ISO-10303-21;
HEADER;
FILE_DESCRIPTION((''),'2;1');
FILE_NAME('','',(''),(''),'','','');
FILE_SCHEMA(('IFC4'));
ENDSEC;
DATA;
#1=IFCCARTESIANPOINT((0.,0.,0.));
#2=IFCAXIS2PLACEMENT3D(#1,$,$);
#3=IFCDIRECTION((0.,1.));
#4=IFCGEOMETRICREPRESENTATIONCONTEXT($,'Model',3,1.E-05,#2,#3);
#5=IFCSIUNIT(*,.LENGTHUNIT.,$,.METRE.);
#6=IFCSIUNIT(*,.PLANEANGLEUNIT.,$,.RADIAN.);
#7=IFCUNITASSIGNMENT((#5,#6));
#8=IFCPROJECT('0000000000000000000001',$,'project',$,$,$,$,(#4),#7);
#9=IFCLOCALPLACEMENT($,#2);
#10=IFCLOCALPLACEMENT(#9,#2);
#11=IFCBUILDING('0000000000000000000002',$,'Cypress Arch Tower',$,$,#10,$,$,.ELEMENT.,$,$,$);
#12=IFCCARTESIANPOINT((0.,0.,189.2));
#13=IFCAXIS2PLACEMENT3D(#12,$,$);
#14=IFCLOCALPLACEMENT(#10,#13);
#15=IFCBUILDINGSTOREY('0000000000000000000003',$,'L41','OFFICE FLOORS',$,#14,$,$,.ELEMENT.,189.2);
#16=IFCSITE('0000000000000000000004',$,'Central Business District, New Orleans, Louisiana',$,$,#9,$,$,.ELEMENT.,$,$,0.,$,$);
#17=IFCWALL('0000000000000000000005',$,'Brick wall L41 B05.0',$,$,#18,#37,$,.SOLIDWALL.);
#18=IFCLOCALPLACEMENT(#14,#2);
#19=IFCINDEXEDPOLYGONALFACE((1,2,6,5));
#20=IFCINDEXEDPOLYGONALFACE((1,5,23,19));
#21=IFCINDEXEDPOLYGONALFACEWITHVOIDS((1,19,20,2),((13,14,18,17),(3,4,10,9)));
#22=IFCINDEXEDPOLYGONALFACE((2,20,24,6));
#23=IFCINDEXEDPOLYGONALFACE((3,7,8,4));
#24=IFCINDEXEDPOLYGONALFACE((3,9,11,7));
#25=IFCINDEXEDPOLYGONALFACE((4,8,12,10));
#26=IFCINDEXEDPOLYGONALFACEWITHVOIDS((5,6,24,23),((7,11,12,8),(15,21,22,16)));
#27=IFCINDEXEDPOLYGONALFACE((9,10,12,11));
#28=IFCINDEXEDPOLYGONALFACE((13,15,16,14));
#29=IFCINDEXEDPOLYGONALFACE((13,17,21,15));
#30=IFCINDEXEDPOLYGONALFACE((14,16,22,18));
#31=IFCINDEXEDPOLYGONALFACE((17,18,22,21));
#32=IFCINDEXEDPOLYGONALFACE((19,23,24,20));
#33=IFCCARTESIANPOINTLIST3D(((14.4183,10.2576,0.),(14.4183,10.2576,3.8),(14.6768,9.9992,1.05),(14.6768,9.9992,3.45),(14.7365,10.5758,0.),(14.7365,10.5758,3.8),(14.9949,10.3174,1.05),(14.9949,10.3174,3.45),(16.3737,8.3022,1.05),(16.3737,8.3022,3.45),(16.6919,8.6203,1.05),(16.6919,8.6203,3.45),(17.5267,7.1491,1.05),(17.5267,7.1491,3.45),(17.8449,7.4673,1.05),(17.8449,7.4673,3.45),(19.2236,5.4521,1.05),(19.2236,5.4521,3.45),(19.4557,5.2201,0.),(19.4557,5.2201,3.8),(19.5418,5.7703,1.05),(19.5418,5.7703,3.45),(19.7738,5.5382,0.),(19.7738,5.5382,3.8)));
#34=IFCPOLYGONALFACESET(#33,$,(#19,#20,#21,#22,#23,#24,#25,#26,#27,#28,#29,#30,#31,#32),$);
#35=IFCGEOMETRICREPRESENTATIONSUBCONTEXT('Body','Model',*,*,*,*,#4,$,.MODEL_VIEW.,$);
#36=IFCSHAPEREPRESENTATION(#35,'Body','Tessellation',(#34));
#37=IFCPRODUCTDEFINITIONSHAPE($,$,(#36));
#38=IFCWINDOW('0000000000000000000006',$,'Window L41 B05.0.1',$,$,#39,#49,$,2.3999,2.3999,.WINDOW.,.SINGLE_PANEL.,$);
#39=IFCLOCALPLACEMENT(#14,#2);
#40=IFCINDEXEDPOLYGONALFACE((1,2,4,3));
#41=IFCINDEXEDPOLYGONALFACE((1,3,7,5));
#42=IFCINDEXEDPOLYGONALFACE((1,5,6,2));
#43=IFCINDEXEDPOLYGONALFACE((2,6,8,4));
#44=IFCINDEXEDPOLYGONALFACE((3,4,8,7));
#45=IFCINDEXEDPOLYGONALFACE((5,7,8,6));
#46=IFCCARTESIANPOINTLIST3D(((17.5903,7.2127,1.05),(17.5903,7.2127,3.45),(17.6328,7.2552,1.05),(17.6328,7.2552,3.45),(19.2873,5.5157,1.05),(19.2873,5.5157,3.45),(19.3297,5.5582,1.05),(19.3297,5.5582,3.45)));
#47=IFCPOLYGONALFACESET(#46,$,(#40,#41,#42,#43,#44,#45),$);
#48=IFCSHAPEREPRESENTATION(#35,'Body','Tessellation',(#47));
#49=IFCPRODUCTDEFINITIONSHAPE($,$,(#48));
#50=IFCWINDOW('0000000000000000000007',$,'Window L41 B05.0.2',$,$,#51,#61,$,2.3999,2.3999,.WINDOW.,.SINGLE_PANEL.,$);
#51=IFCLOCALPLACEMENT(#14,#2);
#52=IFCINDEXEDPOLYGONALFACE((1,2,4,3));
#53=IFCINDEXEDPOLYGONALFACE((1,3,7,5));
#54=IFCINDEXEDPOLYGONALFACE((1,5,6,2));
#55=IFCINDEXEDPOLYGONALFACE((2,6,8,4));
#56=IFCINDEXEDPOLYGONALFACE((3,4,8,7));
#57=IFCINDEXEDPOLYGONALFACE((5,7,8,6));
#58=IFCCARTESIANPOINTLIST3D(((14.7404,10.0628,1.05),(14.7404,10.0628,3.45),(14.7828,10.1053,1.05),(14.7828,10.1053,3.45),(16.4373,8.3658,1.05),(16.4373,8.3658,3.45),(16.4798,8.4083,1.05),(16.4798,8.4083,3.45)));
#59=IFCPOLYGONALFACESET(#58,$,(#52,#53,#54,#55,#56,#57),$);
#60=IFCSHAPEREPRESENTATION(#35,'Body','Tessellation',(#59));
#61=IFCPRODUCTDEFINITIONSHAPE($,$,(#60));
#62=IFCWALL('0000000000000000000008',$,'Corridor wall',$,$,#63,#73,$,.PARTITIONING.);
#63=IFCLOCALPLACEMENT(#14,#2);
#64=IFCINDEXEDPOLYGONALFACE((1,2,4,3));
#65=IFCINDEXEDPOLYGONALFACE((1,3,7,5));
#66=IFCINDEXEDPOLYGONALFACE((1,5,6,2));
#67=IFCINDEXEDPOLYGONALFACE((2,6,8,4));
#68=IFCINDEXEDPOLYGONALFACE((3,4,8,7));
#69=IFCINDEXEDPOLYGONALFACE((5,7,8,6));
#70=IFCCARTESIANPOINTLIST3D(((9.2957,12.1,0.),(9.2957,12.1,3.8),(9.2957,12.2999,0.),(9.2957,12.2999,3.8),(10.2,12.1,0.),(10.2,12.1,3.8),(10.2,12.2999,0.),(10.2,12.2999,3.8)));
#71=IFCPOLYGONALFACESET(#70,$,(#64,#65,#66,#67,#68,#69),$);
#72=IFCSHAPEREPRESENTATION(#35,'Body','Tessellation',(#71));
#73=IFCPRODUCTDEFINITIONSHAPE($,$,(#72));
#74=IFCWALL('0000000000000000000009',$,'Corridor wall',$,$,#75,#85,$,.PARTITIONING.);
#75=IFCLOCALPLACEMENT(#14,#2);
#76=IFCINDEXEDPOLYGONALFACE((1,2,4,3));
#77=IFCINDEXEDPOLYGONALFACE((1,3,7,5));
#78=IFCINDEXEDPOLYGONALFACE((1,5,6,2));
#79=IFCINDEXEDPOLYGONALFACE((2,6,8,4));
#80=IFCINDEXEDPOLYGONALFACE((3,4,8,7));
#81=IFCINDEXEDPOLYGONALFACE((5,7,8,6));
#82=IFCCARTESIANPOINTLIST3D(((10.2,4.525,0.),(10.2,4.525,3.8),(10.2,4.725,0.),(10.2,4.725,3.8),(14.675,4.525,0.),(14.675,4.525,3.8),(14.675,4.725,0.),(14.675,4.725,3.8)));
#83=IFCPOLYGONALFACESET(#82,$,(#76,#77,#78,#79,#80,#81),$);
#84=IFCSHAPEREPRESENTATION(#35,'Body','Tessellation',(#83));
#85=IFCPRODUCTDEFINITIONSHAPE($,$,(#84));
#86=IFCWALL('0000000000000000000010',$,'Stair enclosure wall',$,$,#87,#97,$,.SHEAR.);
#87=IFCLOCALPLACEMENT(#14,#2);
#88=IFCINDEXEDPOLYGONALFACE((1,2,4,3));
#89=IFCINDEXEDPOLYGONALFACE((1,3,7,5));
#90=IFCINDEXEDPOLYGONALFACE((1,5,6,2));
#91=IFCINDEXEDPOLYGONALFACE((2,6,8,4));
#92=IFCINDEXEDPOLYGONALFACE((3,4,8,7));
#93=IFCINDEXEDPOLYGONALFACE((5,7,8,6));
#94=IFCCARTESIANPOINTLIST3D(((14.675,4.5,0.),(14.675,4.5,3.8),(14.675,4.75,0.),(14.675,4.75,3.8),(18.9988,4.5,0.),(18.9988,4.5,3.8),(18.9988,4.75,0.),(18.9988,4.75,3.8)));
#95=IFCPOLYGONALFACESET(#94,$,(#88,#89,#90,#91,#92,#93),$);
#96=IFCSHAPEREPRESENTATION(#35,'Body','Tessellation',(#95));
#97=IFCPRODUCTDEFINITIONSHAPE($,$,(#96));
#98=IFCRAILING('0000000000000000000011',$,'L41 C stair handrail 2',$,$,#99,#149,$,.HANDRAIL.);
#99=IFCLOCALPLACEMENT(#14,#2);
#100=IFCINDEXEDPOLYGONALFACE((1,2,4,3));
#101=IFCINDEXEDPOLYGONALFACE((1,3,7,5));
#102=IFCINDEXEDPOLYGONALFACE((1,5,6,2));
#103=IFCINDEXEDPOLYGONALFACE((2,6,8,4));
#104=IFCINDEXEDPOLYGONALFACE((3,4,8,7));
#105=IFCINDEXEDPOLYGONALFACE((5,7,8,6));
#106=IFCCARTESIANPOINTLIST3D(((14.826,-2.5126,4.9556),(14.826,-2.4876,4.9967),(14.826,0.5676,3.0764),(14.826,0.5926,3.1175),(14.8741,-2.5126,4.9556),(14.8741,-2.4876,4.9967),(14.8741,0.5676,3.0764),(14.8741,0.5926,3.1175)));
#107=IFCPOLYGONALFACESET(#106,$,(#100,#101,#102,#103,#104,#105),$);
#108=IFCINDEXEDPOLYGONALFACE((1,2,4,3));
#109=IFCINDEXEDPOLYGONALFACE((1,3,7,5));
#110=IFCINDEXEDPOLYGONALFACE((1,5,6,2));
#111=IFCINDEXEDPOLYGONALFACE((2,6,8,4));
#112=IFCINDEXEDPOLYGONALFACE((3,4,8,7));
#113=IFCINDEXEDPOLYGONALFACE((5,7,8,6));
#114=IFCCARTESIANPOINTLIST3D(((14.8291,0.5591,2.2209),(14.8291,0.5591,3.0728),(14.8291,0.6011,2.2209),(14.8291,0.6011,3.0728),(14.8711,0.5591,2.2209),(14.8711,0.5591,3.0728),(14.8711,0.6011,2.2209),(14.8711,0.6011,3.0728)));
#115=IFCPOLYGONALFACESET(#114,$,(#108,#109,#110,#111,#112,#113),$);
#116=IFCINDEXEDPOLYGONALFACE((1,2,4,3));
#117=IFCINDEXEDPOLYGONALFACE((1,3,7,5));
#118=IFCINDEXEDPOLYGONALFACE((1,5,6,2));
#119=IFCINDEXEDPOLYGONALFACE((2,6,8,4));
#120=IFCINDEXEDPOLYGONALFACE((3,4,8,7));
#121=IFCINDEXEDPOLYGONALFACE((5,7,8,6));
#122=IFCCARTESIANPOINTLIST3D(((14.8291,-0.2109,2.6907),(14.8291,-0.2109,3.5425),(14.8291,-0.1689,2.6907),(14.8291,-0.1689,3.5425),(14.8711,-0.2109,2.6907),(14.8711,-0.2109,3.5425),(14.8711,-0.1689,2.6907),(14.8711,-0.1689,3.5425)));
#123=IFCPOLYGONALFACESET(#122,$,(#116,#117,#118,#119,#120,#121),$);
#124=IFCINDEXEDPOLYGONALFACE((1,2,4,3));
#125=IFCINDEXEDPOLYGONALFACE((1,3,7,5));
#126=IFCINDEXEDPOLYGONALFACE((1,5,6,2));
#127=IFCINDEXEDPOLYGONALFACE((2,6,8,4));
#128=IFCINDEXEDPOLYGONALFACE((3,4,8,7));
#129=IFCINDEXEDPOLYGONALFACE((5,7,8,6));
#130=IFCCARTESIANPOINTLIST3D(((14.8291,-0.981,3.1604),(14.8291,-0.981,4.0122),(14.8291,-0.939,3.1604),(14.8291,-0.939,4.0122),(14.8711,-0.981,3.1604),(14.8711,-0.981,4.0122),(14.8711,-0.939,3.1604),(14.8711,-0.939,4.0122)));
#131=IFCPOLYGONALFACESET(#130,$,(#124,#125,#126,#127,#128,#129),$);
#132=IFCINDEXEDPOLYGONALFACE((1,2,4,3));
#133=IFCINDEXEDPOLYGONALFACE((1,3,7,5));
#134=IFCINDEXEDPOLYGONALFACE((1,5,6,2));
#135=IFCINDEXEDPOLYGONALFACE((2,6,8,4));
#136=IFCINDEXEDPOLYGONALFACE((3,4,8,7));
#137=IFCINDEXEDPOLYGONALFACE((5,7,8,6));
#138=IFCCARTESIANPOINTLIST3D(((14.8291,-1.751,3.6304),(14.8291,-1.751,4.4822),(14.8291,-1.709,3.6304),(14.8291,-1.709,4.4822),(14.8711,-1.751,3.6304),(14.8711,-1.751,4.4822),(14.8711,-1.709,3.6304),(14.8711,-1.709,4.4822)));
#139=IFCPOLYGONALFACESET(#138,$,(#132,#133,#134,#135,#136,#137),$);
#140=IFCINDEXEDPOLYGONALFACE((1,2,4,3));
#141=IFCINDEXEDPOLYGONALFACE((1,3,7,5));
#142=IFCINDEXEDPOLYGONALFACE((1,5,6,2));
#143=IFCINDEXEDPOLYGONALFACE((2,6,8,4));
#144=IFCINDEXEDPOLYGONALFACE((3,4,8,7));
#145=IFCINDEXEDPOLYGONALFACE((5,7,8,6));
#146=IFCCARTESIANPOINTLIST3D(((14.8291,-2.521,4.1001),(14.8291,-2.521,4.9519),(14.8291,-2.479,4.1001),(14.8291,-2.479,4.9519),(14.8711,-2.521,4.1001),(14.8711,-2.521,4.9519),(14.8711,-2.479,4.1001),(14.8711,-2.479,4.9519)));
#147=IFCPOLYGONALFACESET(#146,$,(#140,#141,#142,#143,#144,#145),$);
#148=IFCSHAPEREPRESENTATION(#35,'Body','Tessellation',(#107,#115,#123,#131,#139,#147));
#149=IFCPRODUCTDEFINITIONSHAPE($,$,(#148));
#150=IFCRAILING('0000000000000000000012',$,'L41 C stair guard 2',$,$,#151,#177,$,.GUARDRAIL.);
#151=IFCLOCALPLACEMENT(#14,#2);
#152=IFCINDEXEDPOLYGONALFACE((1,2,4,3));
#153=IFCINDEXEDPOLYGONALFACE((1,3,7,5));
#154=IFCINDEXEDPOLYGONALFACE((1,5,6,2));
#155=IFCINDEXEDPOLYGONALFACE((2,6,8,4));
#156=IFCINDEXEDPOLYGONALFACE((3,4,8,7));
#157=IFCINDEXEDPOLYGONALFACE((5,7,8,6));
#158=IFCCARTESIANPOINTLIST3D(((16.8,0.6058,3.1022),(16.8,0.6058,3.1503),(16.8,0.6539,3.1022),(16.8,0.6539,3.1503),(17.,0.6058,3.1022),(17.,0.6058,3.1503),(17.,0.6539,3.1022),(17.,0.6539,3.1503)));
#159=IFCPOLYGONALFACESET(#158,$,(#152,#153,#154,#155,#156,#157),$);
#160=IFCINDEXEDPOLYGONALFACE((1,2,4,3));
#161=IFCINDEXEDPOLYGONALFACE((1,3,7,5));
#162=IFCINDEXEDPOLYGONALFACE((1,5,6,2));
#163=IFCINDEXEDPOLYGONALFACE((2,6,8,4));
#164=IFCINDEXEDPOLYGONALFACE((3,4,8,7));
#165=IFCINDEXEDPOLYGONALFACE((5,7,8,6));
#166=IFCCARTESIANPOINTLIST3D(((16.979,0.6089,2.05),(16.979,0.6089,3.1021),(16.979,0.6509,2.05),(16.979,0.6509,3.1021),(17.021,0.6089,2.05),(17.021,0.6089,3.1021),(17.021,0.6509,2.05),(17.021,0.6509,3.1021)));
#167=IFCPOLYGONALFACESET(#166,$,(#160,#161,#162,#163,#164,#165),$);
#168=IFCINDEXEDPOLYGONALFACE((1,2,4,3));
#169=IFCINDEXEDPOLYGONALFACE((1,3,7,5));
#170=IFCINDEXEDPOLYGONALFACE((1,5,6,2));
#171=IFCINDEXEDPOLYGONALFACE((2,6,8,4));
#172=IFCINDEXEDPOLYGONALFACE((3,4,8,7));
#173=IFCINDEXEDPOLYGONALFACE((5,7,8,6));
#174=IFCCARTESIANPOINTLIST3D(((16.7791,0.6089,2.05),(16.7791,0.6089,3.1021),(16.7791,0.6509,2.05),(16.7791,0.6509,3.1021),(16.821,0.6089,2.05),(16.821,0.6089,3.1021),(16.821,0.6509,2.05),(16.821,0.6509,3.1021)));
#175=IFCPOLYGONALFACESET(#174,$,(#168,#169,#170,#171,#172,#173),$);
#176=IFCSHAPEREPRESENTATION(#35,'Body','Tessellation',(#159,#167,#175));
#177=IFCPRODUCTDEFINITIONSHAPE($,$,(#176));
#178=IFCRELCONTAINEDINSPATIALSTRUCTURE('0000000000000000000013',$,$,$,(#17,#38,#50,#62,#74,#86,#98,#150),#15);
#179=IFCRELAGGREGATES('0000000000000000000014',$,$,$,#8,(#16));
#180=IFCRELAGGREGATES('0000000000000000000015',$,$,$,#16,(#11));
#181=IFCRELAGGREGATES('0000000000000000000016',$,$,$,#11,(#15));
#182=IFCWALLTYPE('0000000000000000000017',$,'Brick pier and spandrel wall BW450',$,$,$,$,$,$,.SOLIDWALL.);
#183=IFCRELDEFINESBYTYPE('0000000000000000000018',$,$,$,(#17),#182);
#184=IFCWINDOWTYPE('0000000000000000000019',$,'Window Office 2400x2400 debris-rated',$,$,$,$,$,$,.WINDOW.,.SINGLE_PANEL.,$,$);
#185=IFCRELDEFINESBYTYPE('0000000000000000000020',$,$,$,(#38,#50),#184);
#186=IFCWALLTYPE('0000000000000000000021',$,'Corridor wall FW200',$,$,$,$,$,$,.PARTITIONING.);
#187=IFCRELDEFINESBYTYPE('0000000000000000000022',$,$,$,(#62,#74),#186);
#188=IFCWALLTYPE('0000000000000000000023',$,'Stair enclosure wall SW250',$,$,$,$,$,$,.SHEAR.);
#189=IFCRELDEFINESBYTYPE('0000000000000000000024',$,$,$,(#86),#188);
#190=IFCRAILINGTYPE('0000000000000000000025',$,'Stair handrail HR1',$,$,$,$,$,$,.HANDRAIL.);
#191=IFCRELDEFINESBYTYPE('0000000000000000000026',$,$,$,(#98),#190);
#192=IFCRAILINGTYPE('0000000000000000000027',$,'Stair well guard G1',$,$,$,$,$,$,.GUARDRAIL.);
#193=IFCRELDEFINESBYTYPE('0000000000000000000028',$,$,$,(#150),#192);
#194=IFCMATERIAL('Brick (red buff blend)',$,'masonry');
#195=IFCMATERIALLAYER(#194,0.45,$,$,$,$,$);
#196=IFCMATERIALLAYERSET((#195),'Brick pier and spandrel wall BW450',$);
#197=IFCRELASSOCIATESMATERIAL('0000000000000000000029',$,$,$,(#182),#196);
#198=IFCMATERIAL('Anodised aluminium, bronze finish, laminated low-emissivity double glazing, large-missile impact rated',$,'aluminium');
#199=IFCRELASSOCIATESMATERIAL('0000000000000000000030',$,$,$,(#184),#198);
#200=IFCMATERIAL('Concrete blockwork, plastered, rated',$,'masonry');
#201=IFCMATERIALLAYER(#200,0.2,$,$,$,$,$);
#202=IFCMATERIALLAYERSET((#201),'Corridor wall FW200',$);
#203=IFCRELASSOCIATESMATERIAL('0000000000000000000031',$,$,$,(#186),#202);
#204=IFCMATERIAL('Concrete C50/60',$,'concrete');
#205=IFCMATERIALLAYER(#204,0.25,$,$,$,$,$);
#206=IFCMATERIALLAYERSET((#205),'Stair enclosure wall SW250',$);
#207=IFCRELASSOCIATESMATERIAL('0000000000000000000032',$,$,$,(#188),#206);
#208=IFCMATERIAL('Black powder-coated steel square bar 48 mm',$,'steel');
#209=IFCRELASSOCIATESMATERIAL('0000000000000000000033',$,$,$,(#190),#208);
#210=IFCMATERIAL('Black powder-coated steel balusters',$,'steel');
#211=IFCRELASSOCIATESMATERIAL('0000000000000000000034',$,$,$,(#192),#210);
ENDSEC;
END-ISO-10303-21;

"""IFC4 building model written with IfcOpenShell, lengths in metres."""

from ifc_helpers import new_model, si_unit, direction, frame, frame_2d, origin, origin_2d, place, context, subcontext, project, spatial, rectangle, extrude, material, layer, layer_set, type_object, element, fill, save


model = new_model("IFC4")

# Units and contexts
model_context = context("Model", 3, precision=1e-05, world=origin(), true_north=direction((0.0, 1.0)))
body_context = subcontext(model_context, "Body", "Model", "MODEL_VIEW")
ifc_project = project(units=[si_unit("LENGTHUNIT", "METRE"), si_unit("PLANEANGLEUNIT", "RADIAN")], contexts=[model_context])

# Site, building, storey
site_placement = place(None, origin())
site = spatial("IfcSite", under=ifc_project, at=site_placement, Name="Central Business District, New Orleans, Louisiana", CompositionType="ELEMENT", RefElevation=0.0)
building_placement = place(site_placement, origin())
building = spatial("IfcBuilding", under=site, at=building_placement, Name="Cypress Arch Tower", CompositionType="ELEMENT")
storey_placement = place(building_placement, frame((0.0, 0.0, 189.2)))
storey = spatial("IfcBuildingStorey", under=building, at=storey_placement, Name="L41", Description="OFFICE FLOORS", CompositionType="ELEMENT", Elevation=189.2)

# Wall, openings, windows
ifc_material_1 = material(Name="Brick (red buff blend)", Category="masonry")
ifc_layer_1 = layer(ifc_material_1, 0.45)
ifc_layer_set_1 = layer_set([ifc_layer_1], Name="Brick pier and spandrel wall BW450")
wall_type_1 = type_object("IfcWallType", Name="Brick pier and spandrel wall BW450", PredefinedType="SOLIDWALL", material=ifc_layer_set_1)
wall_1_placement = place(storey_placement, frame((19.6147, 5.3792, 0.0), z_axis=(0.0, 0.0, 1.0), x_axis=(-0.70709, 0.707124, 0.0)))
wall_1 = element("IfcWall", 1, at=wall_1_placement, inside=storey, type_object=wall_type_1, Name="Brick wall L41 B05.0", PredefinedType="SOLIDWALL", context=body_context, shape_type="SweptSolid", body=[
    extrude(rectangle(XDim=7.124, YDim=0.45, at=frame_2d((3.562, 0.0))), origin(), (0.0, 0.0, 1.0), 3.8),
])
opening_1_placement = place(wall_1_placement, frame((0.3281, 0.0, 1.05)))
opening_1 = element("IfcOpeningElement", 2, at=opening_1_placement, cuts=wall_1, PredefinedType="OPENING", context=body_context, shape_type="SweptSolid", body=[
    extrude(rectangle(XDim=2.3999, YDim=2.3999, at=frame_2d((1.2, 1.2))), frame((0.0, 0.2349, 0.0), z_axis=(0.0, -1.0, 0.0), x_axis=(1.0, 0.0, 0.0)), (0.0, 0.0, 1.0), 0.47),
])
opening_2_placement = place(wall_1_placement, frame((4.3586, 0.0, 1.05)))
opening_2 = element("IfcOpeningElement", 3, at=opening_2_placement, cuts=wall_1, PredefinedType="OPENING", context=body_context, shape_type="SweptSolid", body=[
    extrude(rectangle(XDim=2.3999, YDim=2.3999, at=frame_2d((1.2, 1.2))), frame((0.0, 0.2349, 0.0), z_axis=(0.0, -1.0, 0.0), x_axis=(1.0, 0.0, 0.0)), (0.0, 0.0, 1.0), 0.47),
])
ifc_material_2 = material(Name="Anodised aluminium, bronze finish, laminated low-emissivity double glazing, large-missile impact rated", Category="aluminium")
window_type = type_object("IfcWindowType", Name="Window Office 2400x2400 debris-rated", PartitioningType="SINGLE_PANEL", PredefinedType="WINDOW", material=ifc_material_2)
window_1_placement = place(opening_1_placement, origin())
window_1 = element("IfcWindow", 4, at=window_1_placement, inside=storey, type_object=window_type, Name="Window L41 B05.0.1", OverallHeight=2.3999, OverallWidth=2.3999, PartitioningType="SINGLE_PANEL", PredefinedType="WINDOW", context=body_context, shape_type="SweptSolid", body=[
    extrude(rectangle(XDim=2.3999, YDim=2.3999, at=frame_2d((1.2, 1.2))), frame((0.0, 0.135, 0.0), z_axis=(0.0, -1.0, 0.0), x_axis=(1.0, 0.0, 0.0)), (0.0, 0.0, 1.0), 0.0601),
])
fill(opening_1, window_1)
window_2_placement = place(opening_2_placement, origin())
window_2 = element("IfcWindow", 5, at=window_2_placement, inside=storey, type_object=window_type, Name="Window L41 B05.0.2", OverallHeight=2.3999, OverallWidth=2.3999, PartitioningType="SINGLE_PANEL", PredefinedType="WINDOW", context=body_context, shape_type="SweptSolid", body=[
    extrude(rectangle(XDim=2.3999, YDim=2.3999, at=frame_2d((1.2, 1.2))), frame((0.0, 0.135, 0.0), z_axis=(0.0, -1.0, 0.0), x_axis=(1.0, 0.0, 0.0)), (0.0, 0.0, 1.0), 0.0601),
])
fill(opening_2, window_2)

# Walls
ifc_material_3 = material(Name="Concrete blockwork, plastered, rated", Category="masonry")
ifc_layer_2 = layer(ifc_material_3, 0.2)
ifc_layer_set_2 = layer_set([ifc_layer_2], Name="Corridor wall FW200")
wall_type_2 = type_object("IfcWallType", Name="Corridor wall FW200", PredefinedType="PARTITIONING", material=ifc_layer_set_2)
wall_2_placement = place(storey_placement, frame((9.2957, 12.2, 0.0), z_axis=(0.0, 0.0, 1.0), x_axis=(1.0, 0.0, 0.0)))
element("IfcWall", 6, at=wall_2_placement, inside=storey, type_object=wall_type_2, Name="Corridor wall", PredefinedType="PARTITIONING", context=body_context, shape_type="SweptSolid", body=[
    extrude(rectangle(XDim=0.9043, YDim=0.2, at=frame_2d((0.4521, 0.0))), origin(), (0.0, 0.0, 1.0), 3.8),
])
wall_3_placement = place(storey_placement, frame((10.2, 4.625, 0.0), z_axis=(0.0, 0.0, 1.0), x_axis=(1.0, 0.0, 0.0)))
element("IfcWall", 7, at=wall_3_placement, inside=storey, type_object=wall_type_2, Name="Corridor wall", PredefinedType="PARTITIONING", context=body_context, shape_type="SweptSolid", body=[
    extrude(rectangle(XDim=4.4751, YDim=0.2, at=frame_2d((2.2375, 0.0))), origin(), (0.0, 0.0, 1.0), 3.8),
])
ifc_material_4 = material(Name="Concrete C50/60", Category="concrete")
ifc_layer_3 = layer(ifc_material_4, 0.25)
ifc_layer_set_3 = layer_set([ifc_layer_3], Name="Stair enclosure wall SW250")
wall_type_3 = type_object("IfcWallType", Name="Stair enclosure wall SW250", PredefinedType="SHEAR", material=ifc_layer_set_3)
wall_4_placement = place(storey_placement, frame((14.675, 4.625, 0.0), z_axis=(0.0, 0.0, 1.0), x_axis=(1.0, 0.0, 0.0)))
element("IfcWall", 8, at=wall_4_placement, inside=storey, type_object=wall_type_3, Name="Stair enclosure wall", PredefinedType="SHEAR", context=body_context, shape_type="SweptSolid", body=[
    extrude(rectangle(XDim=4.3237, YDim=0.25, at=frame_2d((2.1619, 0.0))), origin(), (0.0, 0.0, 1.0), 3.8),
])

# Railings
ifc_material_5 = material(Name="Black powder-coated steel square bar 48 mm", Category="steel")
railing_type_1 = type_object("IfcRailingType", Name="Stair handrail HR1", PredefinedType="HANDRAIL", material=ifc_material_5)
railing_1_placement = place(storey_placement, frame((14.8501, 0.5801, 2.2209)))
element("IfcRailing", 9, at=railing_1_placement, inside=storey, type_object=railing_type_1, Name="L41 C stair handrail 2", PredefinedType="HANDRAIL", context=body_context, shape_type="SweptSolid", body=[
    extrude(rectangle(XDim=0.0481, YDim=0.0481, at=origin_2d()), frame((0.0, 0.0, 0.876), z_axis=(0.0, -0.853666, 0.52082), x_axis=(1.0, 0.0, 0.0)), (0.0, 0.0, 1.0), 3.6082),
    extrude(rectangle(XDim=0.042, YDim=0.042, at=origin_2d()), origin(), (0.0, 0.0, 1.0), 0.8518),
    extrude(rectangle(XDim=0.042, YDim=0.042, at=origin_2d()), frame((0.0, -0.77, 0.4697)), (0.0, 0.0, 1.0), 0.8518),
    extrude(rectangle(XDim=0.042, YDim=0.042, at=origin_2d()), frame((0.0, -1.54, 0.9395)), (0.0, 0.0, 1.0), 0.8518),
    extrude(rectangle(XDim=0.042, YDim=0.042, at=origin_2d()), frame((0.0, -2.3101, 1.4094)), (0.0, 0.0, 1.0), 0.8518),
    extrude(rectangle(XDim=0.042, YDim=0.042, at=origin_2d()), frame((0.0, -3.0801, 1.8792)), (0.0, 0.0, 1.0), 0.8518),
])
ifc_material_6 = material(Name="Black powder-coated steel balusters", Category="steel")
railing_type_2 = type_object("IfcRailingType", Name="Stair well guard G1", PredefinedType="GUARDRAIL", material=ifc_material_6)
railing_2_placement = place(storey_placement, frame((17.0, 0.6299, 2.05)))
element("IfcRailing", 10, at=railing_2_placement, inside=storey, type_object=railing_type_2, Name="L41 C stair guard 2", PredefinedType="GUARDRAIL", context=body_context, shape_type="SweptSolid", body=[
    extrude(rectangle(XDim=0.0481, YDim=0.0481, at=origin_2d()), frame((0.0, 0.0, 1.0762), z_axis=(-1.0, 0.0, 0.0), x_axis=(0.0, -1.0, 0.0)), (0.0, 0.0, 1.0), 0.2),
    extrude(rectangle(XDim=0.042, YDim=0.042, at=origin_2d()), origin(), (0.0, 0.0, 1.0), 1.052),
    extrude(rectangle(XDim=0.042, YDim=0.042, at=origin_2d()), frame((-0.2, 0.0, 0.0)), (0.0, 0.0, 1.0), 1.052),
])

save(model, "model.ifc")
